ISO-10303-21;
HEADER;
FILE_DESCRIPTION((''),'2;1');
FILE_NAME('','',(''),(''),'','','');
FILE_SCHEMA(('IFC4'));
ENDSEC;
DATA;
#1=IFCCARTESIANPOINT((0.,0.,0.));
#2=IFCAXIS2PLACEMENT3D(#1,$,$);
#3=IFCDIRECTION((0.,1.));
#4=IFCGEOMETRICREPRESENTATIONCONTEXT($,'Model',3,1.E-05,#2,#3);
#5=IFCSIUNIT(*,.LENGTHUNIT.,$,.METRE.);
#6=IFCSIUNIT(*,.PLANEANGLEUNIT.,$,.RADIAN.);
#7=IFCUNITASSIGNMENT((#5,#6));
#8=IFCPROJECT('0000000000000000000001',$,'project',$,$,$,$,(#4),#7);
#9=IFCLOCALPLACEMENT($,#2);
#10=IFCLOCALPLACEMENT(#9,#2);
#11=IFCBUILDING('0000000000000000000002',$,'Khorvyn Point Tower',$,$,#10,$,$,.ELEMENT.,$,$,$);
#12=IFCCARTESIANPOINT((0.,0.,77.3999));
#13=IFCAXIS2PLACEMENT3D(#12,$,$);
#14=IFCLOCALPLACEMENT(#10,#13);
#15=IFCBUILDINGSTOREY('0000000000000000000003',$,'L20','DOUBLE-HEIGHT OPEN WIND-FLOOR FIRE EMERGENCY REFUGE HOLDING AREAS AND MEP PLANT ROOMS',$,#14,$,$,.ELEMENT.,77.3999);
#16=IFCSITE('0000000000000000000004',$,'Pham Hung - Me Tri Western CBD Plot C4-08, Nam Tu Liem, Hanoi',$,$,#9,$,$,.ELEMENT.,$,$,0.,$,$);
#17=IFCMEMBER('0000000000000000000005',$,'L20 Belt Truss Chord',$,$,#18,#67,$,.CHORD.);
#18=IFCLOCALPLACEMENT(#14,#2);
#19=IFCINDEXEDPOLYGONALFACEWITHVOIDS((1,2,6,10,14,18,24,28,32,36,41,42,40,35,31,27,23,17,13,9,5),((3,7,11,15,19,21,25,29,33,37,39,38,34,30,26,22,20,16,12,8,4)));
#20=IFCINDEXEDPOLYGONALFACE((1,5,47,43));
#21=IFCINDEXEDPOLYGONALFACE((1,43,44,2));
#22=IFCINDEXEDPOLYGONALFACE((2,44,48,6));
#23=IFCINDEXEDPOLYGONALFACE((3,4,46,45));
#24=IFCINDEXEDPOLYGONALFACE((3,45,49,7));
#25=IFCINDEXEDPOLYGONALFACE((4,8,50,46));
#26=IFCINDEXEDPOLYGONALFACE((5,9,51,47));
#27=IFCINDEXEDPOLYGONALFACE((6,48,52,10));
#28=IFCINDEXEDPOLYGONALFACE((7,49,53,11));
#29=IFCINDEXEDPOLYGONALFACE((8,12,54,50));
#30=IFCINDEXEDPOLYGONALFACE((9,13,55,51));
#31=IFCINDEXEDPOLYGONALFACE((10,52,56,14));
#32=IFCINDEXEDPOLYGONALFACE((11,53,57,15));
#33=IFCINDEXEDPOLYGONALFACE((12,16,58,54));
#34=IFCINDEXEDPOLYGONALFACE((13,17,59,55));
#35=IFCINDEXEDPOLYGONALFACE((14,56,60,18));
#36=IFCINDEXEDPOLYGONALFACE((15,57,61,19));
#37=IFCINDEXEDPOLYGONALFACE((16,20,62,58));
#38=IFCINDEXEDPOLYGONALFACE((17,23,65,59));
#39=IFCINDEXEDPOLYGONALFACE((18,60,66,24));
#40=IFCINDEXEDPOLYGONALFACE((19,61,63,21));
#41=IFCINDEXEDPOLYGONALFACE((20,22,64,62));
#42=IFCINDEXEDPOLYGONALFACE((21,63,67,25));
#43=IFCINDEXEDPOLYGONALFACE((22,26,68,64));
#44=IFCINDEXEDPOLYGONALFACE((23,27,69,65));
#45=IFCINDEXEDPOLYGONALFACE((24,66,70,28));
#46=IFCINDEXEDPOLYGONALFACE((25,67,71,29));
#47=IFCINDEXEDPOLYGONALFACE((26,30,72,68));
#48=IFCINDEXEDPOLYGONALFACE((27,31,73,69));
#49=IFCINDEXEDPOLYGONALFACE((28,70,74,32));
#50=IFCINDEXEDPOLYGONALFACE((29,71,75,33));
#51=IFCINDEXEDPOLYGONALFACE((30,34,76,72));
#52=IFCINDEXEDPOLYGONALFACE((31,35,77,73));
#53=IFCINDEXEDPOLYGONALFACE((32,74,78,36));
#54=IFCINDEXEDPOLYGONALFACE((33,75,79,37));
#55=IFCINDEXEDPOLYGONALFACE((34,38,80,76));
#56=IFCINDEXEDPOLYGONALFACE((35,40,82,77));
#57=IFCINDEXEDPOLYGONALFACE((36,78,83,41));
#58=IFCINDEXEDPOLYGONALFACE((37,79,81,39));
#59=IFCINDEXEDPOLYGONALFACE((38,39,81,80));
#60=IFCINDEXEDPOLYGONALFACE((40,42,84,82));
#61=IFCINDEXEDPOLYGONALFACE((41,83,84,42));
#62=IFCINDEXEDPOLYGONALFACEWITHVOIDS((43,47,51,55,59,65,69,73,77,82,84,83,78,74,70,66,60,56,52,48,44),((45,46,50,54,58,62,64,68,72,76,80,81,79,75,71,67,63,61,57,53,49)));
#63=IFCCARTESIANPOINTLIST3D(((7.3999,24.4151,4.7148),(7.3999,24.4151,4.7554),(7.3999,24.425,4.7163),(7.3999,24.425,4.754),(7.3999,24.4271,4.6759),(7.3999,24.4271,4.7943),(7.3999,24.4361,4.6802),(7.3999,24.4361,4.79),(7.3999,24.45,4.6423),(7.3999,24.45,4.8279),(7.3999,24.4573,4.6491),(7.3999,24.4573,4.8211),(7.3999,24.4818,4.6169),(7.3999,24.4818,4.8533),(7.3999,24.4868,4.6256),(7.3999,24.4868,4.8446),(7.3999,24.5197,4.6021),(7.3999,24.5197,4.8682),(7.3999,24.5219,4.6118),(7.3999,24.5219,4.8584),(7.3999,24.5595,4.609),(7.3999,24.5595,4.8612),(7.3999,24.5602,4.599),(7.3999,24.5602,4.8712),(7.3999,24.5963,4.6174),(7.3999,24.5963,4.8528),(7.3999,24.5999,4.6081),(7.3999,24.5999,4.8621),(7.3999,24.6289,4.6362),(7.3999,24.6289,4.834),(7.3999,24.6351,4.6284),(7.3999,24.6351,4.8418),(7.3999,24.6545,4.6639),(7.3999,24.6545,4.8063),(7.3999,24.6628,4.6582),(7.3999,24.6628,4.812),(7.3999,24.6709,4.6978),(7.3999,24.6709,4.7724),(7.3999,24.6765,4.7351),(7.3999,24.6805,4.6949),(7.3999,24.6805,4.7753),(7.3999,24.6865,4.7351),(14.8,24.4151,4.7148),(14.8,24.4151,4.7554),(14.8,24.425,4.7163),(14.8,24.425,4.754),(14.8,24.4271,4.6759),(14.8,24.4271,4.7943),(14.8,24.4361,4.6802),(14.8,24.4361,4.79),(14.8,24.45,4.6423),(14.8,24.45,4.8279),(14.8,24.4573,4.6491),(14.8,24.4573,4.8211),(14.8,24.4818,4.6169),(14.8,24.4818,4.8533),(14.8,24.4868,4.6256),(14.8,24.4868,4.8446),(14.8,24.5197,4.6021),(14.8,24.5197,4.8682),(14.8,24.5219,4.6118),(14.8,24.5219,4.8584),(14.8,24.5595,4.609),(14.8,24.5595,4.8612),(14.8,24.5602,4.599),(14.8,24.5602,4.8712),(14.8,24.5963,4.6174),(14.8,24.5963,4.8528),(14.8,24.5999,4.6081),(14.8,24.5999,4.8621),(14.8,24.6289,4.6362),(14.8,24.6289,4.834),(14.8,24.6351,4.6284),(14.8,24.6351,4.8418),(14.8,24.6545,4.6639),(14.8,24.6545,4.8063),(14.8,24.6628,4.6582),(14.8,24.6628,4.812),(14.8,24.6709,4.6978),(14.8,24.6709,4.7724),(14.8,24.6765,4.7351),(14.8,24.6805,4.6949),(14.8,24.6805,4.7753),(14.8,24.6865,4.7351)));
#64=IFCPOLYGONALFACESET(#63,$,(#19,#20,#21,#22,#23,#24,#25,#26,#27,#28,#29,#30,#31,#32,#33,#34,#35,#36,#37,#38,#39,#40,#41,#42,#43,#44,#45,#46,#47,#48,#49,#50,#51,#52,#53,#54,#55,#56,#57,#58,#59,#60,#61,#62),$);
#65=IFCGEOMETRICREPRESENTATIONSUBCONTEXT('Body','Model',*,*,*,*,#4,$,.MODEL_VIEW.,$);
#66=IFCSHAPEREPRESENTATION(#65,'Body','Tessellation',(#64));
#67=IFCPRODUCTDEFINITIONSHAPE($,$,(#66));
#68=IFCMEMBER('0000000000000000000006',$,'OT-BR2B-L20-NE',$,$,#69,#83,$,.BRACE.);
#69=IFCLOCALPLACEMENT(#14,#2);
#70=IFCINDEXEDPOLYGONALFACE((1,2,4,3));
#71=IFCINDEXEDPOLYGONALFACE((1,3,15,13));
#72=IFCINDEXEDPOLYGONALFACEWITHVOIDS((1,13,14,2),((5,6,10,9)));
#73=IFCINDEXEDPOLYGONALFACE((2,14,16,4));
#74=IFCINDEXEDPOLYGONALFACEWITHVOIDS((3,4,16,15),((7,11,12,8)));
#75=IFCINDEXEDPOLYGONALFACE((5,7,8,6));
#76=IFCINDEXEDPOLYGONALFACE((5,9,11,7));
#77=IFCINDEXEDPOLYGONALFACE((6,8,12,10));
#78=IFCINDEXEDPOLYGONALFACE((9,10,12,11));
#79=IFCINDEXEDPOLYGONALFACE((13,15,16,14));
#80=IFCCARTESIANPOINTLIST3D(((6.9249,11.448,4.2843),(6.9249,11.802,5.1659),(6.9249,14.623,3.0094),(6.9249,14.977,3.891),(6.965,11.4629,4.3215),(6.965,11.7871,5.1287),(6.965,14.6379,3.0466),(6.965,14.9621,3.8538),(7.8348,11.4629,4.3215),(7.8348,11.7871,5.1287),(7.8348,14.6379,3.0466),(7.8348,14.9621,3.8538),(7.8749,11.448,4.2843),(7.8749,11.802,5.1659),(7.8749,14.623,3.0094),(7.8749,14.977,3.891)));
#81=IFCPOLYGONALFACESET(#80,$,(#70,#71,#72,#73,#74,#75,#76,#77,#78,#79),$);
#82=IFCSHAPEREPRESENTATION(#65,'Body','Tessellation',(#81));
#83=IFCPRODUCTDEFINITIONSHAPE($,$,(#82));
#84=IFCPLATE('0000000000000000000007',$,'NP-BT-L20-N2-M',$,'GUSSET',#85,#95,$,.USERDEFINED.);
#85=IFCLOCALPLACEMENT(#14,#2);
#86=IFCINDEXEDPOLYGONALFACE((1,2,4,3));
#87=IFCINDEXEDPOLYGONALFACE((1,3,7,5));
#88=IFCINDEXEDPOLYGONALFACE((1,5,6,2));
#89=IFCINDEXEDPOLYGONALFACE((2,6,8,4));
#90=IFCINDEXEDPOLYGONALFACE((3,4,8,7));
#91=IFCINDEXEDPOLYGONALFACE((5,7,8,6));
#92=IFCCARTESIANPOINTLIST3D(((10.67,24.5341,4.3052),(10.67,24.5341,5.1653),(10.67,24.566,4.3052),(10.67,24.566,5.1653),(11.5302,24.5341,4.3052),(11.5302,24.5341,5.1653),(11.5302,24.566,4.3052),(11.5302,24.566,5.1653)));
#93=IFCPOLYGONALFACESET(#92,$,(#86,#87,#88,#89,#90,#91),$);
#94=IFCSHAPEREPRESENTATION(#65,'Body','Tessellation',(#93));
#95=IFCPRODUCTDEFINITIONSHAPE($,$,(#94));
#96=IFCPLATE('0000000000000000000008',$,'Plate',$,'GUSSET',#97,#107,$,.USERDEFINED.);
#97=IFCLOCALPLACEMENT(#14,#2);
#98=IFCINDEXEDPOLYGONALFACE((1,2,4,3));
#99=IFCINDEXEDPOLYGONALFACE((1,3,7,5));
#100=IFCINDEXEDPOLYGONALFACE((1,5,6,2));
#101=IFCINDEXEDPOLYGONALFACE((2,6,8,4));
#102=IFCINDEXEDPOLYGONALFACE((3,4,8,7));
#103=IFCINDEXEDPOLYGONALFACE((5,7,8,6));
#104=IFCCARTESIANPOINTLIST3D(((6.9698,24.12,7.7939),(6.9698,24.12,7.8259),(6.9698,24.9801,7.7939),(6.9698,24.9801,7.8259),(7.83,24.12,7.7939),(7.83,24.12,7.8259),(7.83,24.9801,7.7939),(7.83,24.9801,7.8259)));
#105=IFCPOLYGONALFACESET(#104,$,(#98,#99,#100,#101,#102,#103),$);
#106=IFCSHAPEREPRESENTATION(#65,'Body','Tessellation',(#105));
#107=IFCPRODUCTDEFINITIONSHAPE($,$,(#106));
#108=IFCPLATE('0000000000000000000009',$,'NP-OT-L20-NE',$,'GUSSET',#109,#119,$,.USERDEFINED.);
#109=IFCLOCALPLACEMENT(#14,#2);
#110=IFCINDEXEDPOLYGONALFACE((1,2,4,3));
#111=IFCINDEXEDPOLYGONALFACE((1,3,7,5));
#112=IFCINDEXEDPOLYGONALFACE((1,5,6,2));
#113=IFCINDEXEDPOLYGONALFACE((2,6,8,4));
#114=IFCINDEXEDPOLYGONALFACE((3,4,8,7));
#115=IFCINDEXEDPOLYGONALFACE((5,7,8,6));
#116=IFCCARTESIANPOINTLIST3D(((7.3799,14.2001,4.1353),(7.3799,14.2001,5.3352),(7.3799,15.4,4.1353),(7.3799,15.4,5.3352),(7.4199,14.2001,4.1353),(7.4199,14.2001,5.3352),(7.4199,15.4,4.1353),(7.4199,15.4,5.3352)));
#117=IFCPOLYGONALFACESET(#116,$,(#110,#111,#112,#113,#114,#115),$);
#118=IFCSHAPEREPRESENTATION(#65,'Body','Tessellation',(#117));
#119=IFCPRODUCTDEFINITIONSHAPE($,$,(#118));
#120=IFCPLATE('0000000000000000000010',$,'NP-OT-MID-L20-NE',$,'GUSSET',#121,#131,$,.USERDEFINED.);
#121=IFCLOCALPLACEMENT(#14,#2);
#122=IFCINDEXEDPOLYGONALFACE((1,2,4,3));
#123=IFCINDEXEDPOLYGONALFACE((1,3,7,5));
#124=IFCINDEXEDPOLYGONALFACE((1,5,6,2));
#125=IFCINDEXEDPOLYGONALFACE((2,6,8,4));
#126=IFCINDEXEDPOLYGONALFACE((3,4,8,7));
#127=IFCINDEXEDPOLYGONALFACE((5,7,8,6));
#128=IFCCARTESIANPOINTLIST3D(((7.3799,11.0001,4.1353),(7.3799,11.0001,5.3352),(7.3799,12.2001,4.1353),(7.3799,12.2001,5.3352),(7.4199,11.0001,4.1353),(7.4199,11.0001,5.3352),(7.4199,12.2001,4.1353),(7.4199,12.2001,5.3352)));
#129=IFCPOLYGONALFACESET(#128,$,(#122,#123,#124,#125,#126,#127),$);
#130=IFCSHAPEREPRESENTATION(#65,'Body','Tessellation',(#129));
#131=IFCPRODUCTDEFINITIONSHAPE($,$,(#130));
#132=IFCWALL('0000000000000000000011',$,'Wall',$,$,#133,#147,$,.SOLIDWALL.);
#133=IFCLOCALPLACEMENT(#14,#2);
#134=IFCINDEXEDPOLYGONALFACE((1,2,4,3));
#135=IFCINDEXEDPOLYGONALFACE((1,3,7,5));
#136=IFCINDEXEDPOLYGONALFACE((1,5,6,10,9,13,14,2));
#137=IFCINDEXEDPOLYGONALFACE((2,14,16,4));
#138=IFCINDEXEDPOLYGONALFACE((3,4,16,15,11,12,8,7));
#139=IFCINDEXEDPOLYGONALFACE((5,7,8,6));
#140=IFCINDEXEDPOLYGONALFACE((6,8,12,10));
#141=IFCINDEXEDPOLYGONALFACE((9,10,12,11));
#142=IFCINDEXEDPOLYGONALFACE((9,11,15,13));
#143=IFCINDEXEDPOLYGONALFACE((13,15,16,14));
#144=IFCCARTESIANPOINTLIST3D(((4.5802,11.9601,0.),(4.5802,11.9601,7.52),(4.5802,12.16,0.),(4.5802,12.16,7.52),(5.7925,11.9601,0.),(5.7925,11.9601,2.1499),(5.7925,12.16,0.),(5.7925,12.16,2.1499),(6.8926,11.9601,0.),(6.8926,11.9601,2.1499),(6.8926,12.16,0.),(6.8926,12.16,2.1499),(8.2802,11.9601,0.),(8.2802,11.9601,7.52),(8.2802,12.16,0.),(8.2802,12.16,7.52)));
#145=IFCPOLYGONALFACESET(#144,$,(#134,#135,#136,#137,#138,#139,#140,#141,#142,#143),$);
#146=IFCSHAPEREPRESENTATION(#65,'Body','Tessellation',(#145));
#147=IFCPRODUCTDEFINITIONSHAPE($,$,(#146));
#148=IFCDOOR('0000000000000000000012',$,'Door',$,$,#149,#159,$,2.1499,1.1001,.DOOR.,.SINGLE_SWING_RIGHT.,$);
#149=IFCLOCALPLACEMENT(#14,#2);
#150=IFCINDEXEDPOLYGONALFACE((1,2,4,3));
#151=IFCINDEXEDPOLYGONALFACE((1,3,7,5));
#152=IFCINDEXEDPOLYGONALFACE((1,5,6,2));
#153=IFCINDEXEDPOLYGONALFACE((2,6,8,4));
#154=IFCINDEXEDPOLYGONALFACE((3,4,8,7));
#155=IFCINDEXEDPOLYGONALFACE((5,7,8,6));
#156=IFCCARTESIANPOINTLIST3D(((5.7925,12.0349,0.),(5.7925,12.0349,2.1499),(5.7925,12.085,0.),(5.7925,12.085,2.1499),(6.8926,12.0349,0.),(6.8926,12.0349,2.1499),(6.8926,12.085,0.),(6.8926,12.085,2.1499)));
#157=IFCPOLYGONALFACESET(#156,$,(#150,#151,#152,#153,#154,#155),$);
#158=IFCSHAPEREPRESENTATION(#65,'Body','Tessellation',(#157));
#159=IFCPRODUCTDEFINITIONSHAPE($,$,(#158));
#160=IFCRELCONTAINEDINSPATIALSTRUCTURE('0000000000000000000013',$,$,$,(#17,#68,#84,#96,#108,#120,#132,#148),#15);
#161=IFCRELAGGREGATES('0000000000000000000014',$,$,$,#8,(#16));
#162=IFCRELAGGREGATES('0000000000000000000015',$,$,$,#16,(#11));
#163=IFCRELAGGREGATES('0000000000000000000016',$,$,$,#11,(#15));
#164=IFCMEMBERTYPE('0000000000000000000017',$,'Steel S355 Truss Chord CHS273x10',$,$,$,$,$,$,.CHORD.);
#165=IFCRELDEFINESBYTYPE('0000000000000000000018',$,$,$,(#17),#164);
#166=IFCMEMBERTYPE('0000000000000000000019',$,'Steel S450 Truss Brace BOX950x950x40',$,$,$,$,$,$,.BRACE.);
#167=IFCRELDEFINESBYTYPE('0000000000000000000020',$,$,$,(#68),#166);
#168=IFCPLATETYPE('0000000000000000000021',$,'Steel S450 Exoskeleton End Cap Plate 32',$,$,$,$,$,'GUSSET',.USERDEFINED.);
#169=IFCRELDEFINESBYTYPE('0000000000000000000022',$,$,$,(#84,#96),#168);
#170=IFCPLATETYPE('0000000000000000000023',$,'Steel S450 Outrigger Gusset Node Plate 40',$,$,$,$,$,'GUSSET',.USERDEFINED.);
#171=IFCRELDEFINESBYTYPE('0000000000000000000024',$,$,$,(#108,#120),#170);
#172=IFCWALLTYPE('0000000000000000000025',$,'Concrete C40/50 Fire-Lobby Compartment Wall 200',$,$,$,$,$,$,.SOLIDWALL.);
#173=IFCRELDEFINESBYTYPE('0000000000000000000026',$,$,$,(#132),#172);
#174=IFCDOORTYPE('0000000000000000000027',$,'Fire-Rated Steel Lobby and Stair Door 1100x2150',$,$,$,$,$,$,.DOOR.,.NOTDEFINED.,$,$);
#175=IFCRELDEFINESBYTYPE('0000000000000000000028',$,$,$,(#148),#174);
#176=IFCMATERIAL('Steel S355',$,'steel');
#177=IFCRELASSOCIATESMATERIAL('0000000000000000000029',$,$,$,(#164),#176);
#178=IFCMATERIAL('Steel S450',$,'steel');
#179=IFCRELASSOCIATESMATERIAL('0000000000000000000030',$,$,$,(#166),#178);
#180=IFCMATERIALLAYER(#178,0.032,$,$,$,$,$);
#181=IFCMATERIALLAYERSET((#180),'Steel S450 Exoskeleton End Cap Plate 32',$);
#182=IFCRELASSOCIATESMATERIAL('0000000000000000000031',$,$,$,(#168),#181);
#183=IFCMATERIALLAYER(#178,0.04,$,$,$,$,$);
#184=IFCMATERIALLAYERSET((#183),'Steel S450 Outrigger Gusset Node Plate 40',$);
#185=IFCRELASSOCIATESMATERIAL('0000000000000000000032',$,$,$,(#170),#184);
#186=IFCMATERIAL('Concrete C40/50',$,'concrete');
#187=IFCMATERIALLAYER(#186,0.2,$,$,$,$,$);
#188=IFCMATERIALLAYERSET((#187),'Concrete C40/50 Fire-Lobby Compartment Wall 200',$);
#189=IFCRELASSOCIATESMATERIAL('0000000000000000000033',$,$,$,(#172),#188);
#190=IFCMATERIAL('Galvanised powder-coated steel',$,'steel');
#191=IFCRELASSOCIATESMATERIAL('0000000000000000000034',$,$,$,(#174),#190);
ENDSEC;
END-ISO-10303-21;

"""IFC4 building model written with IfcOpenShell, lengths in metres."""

from ifc_helpers import new_model, si_unit, direction, frame, frame_2d, origin, origin_2d, place, context, subcontext, project, spatial, rectangle, hollow_rectangle, hollow_circle, extrude, material, layer, layer_set, material_profile, profile_set, type_object, element, fill, save


model = new_model("IFC4")

# Units and contexts
model_context = context("Model", 3, precision=1e-05, world=origin(), true_north=direction((0.0, 1.0)))
body_context = subcontext(model_context, "Body", "Model", "MODEL_VIEW")
ifc_project = project(units=[si_unit("LENGTHUNIT", "METRE"), si_unit("PLANEANGLEUNIT", "RADIAN")], contexts=[model_context])

# Site, building, storey
site_placement = place(None, origin())
site = spatial("IfcSite", under=ifc_project, at=site_placement, Name="Pham Hung - Me Tri Western CBD Plot C4-08, Nam Tu Liem, Hanoi", CompositionType="ELEMENT", RefElevation=0.0)
building_placement = place(site_placement, origin())
building = spatial("IfcBuilding", under=site, at=building_placement, Name="Khorvyn Point Tower", CompositionType="ELEMENT")
storey_placement = place(building_placement, frame((0.0, 0.0, 77.3999)))
storey = spatial("IfcBuildingStorey", under=building, at=storey_placement, Name="L20", Description="DOUBLE-HEIGHT OPEN WIND-FLOOR FIRE EMERGENCY REFUGE HOLDING AREAS AND MEP PLANT ROOMS", CompositionType="ELEMENT", Elevation=77.3999)

# Shared definitions
ifc_material_1 = material(Name="Steel S450", Category="steel")

# Shared definitions
ifc_material_2 = material(Name="Steel S355", Category="steel")

# Members
ifc_material_profile_1 = material_profile(ifc_material_2, hollow_circle(Radius=0.1365, WallThickness=0.01, at=origin_2d()))
ifc_profile_set_1 = profile_set([ifc_material_profile_1], Name="Steel S355 CHS273x10")
member_type_1 = type_object("IfcMemberType", Name="Steel S355 Truss Chord CHS273x10", PredefinedType="CHORD", material=ifc_profile_set_1)
member_1_placement = place(storey_placement, frame((7.3999, 24.55, 4.7351), z_axis=(1.0, 0.0, 0.0), x_axis=(0.0, 1.0, 0.0)))
element("IfcMember", 1, at=member_1_placement, inside=storey, type_object=member_type_1, Name="L20 Belt Truss Chord", PredefinedType="CHORD", context=body_context, shape_type="SweptSolid", body=[
    extrude(hollow_circle(Radius=0.1365, WallThickness=0.01, at=origin_2d()), origin(), (0.0, 0.0, 1.0), 7.4001),
])
ifc_material_profile_2 = material_profile(ifc_material_1, hollow_rectangle(XDim=0.95, YDim=0.95, WallThickness=0.04, at=origin_2d()))
ifc_profile_set_2 = profile_set([ifc_material_profile_2], Name="Steel S450 BOX950x950x40")
member_type_2 = type_object("IfcMemberType", Name="Steel S450 Truss Brace BOX950x950x40", PredefinedType="BRACE", material=ifc_profile_set_2)
member_2_placement = place(storey_placement, frame((7.3999, 11.625, 4.7251), z_axis=(0.0, 0.927984, -0.372621), x_axis=(-1.0, 0.0, 0.0)))
element("IfcMember", 2, at=member_2_placement, inside=storey, type_object=member_type_2, Name="OT-BR2B-L20-NE", PredefinedType="BRACE", context=body_context, shape_type="SweptSolid", body=[
    extrude(hollow_rectangle(XDim=0.95, YDim=0.95, WallThickness=0.04, at=origin_2d()), origin(), (0.0, 0.0, 1.0), 3.4214),
])

# Plates
ifc_layer_1 = layer(ifc_material_1, 0.032)
ifc_layer_set_1 = layer_set([ifc_layer_1], Name="Steel S450 Exoskeleton End Cap Plate 32")
plate_type_1 = type_object("IfcPlateType", Name="Steel S450 Exoskeleton End Cap Plate 32", ElementType="GUSSET", PredefinedType="USERDEFINED", material=ifc_layer_set_1)
plate_1_placement = place(storey_placement, frame((11.1001, 24.55, 4.3052), z_axis=(0.0, 0.0, 1.0), x_axis=(1.0, 0.0, 0.0)))
element("IfcPlate", 3, at=plate_1_placement, inside=storey, type_object=plate_type_1, Name="NP-BT-L20-N2-M", ObjectType="GUSSET", PredefinedType="USERDEFINED", context=body_context, shape_type="SweptSolid", body=[
    extrude(rectangle(XDim=0.8601, YDim=0.032, at=origin_2d()), origin(), (0.0, 0.0, 1.0), 0.8601),
])
plate_2_placement = place(storey_placement, frame((7.3999, 24.55, 7.7939), z_axis=(0.0, 0.0, 1.0), x_axis=(1.0, 0.0, 0.0)))
element("IfcPlate", 4, at=plate_2_placement, inside=storey, type_object=plate_type_1, Name="Plate", ObjectType="GUSSET", PredefinedType="USERDEFINED", context=body_context, shape_type="SweptSolid", body=[
    extrude(rectangle(XDim=0.8601, YDim=0.8601, at=origin_2d()), origin(), (0.0, 0.0, 1.0), 0.032),
])
ifc_layer_2 = layer(ifc_material_1, 0.04)
ifc_layer_set_2 = layer_set([ifc_layer_2], Name="Steel S450 Outrigger Gusset Node Plate 40")
plate_type_2 = type_object("IfcPlateType", Name="Steel S450 Outrigger Gusset Node Plate 40", ElementType="GUSSET", PredefinedType="USERDEFINED", material=ifc_layer_set_2)
for number, where, z_axis, x_axis, name in (
    (5, (7.3999, 14.8, 4.1353), (0.0, 0.0, 1.0), (1.0, 0.0, 0.0), "NP-OT-L20-NE"),
    (6, (7.3999, 11.6001, 4.1353), (0.0, 0.0, 1.0), (1.0, 0.0, 0.0), "NP-OT-MID-L20-NE"),
):
    element("IfcPlate", number, at=place(storey_placement, frame(where, z_axis=z_axis, x_axis=x_axis)), inside=storey, type_object=plate_type_2, Name=name, ObjectType="GUSSET", PredefinedType="USERDEFINED", context=body_context, shape_type="SweptSolid", body=[
        extrude(rectangle(XDim=0.04, YDim=1.2, at=origin_2d()), origin(), (0.0, 0.0, 1.0), 1.2),
    ])

# Wall, opening, door
ifc_material_3 = material(Name="Concrete C40/50", Category="concrete")
ifc_layer_3 = layer(ifc_material_3, 0.2)
ifc_layer_set_3 = layer_set([ifc_layer_3], Name="Concrete C40/50 Fire-Lobby Compartment Wall 200")
wall_type_1 = type_object("IfcWallType", Name="Concrete C40/50 Fire-Lobby Compartment Wall 200", PredefinedType="SOLIDWALL", material=ifc_layer_set_3)
wall_1_placement = place(storey_placement, frame((4.5801, 12.0601, 0.0), z_axis=(0.0, 0.0, 1.0), x_axis=(1.0, 0.0, 0.0)))
wall_1 = element("IfcWall", 7, at=wall_1_placement, inside=storey, type_object=wall_type_1, Name="Wall", PredefinedType="SOLIDWALL", context=body_context, shape_type="SweptSolid", body=[
    extrude(rectangle(XDim=3.7, YDim=0.2, at=frame_2d((1.8501, 0.0))), origin(), (0.0, 0.0, 1.0), 7.52),
])
opening_1_placement = place(wall_1_placement, frame((1.2124, 0.0, 0.0)))
opening_1 = element("IfcOpeningElement", 8, at=opening_1_placement, cuts=wall_1, PredefinedType="OPENING", context=body_context, shape_type="SweptSolid", body=[
    extrude(rectangle(XDim=1.1001, YDim=2.1499, at=frame_2d((0.55, 1.075))), frame((0.0, 0.1099, 0.0), z_axis=(0.0, -1.0, 0.0), x_axis=(1.0, 0.0, 0.0)), (0.0, 0.0, 1.0), 0.22),
])
ifc_material_4 = material(Name="Galvanised powder-coated steel", Category="steel")
door_type = type_object("IfcDoorType", Name="Fire-Rated Steel Lobby and Stair Door 1100x2150", OperationType="NOTDEFINED", PredefinedType="DOOR", material=ifc_material_4)
door_1_placement = place(opening_1_placement, origin())
door_1 = element("IfcDoor", 9, at=door_1_placement, inside=storey, type_object=door_type, Name="Door", OperationType="SINGLE_SWING_RIGHT", OverallHeight=2.1499, OverallWidth=1.1001, PredefinedType="DOOR", context=body_context, shape_type="SweptSolid", body=[
    extrude(rectangle(XDim=1.1001, YDim=2.1499, at=frame_2d((0.55, 1.075))), frame((0.0, 0.0249, 0.0), z_axis=(0.0, -1.0, 0.0), x_axis=(1.0, 0.0, 0.0)), (0.0, 0.0, 1.0), 0.05),
])
fill(opening_1, door_1)

save(model, "model.ifc")
